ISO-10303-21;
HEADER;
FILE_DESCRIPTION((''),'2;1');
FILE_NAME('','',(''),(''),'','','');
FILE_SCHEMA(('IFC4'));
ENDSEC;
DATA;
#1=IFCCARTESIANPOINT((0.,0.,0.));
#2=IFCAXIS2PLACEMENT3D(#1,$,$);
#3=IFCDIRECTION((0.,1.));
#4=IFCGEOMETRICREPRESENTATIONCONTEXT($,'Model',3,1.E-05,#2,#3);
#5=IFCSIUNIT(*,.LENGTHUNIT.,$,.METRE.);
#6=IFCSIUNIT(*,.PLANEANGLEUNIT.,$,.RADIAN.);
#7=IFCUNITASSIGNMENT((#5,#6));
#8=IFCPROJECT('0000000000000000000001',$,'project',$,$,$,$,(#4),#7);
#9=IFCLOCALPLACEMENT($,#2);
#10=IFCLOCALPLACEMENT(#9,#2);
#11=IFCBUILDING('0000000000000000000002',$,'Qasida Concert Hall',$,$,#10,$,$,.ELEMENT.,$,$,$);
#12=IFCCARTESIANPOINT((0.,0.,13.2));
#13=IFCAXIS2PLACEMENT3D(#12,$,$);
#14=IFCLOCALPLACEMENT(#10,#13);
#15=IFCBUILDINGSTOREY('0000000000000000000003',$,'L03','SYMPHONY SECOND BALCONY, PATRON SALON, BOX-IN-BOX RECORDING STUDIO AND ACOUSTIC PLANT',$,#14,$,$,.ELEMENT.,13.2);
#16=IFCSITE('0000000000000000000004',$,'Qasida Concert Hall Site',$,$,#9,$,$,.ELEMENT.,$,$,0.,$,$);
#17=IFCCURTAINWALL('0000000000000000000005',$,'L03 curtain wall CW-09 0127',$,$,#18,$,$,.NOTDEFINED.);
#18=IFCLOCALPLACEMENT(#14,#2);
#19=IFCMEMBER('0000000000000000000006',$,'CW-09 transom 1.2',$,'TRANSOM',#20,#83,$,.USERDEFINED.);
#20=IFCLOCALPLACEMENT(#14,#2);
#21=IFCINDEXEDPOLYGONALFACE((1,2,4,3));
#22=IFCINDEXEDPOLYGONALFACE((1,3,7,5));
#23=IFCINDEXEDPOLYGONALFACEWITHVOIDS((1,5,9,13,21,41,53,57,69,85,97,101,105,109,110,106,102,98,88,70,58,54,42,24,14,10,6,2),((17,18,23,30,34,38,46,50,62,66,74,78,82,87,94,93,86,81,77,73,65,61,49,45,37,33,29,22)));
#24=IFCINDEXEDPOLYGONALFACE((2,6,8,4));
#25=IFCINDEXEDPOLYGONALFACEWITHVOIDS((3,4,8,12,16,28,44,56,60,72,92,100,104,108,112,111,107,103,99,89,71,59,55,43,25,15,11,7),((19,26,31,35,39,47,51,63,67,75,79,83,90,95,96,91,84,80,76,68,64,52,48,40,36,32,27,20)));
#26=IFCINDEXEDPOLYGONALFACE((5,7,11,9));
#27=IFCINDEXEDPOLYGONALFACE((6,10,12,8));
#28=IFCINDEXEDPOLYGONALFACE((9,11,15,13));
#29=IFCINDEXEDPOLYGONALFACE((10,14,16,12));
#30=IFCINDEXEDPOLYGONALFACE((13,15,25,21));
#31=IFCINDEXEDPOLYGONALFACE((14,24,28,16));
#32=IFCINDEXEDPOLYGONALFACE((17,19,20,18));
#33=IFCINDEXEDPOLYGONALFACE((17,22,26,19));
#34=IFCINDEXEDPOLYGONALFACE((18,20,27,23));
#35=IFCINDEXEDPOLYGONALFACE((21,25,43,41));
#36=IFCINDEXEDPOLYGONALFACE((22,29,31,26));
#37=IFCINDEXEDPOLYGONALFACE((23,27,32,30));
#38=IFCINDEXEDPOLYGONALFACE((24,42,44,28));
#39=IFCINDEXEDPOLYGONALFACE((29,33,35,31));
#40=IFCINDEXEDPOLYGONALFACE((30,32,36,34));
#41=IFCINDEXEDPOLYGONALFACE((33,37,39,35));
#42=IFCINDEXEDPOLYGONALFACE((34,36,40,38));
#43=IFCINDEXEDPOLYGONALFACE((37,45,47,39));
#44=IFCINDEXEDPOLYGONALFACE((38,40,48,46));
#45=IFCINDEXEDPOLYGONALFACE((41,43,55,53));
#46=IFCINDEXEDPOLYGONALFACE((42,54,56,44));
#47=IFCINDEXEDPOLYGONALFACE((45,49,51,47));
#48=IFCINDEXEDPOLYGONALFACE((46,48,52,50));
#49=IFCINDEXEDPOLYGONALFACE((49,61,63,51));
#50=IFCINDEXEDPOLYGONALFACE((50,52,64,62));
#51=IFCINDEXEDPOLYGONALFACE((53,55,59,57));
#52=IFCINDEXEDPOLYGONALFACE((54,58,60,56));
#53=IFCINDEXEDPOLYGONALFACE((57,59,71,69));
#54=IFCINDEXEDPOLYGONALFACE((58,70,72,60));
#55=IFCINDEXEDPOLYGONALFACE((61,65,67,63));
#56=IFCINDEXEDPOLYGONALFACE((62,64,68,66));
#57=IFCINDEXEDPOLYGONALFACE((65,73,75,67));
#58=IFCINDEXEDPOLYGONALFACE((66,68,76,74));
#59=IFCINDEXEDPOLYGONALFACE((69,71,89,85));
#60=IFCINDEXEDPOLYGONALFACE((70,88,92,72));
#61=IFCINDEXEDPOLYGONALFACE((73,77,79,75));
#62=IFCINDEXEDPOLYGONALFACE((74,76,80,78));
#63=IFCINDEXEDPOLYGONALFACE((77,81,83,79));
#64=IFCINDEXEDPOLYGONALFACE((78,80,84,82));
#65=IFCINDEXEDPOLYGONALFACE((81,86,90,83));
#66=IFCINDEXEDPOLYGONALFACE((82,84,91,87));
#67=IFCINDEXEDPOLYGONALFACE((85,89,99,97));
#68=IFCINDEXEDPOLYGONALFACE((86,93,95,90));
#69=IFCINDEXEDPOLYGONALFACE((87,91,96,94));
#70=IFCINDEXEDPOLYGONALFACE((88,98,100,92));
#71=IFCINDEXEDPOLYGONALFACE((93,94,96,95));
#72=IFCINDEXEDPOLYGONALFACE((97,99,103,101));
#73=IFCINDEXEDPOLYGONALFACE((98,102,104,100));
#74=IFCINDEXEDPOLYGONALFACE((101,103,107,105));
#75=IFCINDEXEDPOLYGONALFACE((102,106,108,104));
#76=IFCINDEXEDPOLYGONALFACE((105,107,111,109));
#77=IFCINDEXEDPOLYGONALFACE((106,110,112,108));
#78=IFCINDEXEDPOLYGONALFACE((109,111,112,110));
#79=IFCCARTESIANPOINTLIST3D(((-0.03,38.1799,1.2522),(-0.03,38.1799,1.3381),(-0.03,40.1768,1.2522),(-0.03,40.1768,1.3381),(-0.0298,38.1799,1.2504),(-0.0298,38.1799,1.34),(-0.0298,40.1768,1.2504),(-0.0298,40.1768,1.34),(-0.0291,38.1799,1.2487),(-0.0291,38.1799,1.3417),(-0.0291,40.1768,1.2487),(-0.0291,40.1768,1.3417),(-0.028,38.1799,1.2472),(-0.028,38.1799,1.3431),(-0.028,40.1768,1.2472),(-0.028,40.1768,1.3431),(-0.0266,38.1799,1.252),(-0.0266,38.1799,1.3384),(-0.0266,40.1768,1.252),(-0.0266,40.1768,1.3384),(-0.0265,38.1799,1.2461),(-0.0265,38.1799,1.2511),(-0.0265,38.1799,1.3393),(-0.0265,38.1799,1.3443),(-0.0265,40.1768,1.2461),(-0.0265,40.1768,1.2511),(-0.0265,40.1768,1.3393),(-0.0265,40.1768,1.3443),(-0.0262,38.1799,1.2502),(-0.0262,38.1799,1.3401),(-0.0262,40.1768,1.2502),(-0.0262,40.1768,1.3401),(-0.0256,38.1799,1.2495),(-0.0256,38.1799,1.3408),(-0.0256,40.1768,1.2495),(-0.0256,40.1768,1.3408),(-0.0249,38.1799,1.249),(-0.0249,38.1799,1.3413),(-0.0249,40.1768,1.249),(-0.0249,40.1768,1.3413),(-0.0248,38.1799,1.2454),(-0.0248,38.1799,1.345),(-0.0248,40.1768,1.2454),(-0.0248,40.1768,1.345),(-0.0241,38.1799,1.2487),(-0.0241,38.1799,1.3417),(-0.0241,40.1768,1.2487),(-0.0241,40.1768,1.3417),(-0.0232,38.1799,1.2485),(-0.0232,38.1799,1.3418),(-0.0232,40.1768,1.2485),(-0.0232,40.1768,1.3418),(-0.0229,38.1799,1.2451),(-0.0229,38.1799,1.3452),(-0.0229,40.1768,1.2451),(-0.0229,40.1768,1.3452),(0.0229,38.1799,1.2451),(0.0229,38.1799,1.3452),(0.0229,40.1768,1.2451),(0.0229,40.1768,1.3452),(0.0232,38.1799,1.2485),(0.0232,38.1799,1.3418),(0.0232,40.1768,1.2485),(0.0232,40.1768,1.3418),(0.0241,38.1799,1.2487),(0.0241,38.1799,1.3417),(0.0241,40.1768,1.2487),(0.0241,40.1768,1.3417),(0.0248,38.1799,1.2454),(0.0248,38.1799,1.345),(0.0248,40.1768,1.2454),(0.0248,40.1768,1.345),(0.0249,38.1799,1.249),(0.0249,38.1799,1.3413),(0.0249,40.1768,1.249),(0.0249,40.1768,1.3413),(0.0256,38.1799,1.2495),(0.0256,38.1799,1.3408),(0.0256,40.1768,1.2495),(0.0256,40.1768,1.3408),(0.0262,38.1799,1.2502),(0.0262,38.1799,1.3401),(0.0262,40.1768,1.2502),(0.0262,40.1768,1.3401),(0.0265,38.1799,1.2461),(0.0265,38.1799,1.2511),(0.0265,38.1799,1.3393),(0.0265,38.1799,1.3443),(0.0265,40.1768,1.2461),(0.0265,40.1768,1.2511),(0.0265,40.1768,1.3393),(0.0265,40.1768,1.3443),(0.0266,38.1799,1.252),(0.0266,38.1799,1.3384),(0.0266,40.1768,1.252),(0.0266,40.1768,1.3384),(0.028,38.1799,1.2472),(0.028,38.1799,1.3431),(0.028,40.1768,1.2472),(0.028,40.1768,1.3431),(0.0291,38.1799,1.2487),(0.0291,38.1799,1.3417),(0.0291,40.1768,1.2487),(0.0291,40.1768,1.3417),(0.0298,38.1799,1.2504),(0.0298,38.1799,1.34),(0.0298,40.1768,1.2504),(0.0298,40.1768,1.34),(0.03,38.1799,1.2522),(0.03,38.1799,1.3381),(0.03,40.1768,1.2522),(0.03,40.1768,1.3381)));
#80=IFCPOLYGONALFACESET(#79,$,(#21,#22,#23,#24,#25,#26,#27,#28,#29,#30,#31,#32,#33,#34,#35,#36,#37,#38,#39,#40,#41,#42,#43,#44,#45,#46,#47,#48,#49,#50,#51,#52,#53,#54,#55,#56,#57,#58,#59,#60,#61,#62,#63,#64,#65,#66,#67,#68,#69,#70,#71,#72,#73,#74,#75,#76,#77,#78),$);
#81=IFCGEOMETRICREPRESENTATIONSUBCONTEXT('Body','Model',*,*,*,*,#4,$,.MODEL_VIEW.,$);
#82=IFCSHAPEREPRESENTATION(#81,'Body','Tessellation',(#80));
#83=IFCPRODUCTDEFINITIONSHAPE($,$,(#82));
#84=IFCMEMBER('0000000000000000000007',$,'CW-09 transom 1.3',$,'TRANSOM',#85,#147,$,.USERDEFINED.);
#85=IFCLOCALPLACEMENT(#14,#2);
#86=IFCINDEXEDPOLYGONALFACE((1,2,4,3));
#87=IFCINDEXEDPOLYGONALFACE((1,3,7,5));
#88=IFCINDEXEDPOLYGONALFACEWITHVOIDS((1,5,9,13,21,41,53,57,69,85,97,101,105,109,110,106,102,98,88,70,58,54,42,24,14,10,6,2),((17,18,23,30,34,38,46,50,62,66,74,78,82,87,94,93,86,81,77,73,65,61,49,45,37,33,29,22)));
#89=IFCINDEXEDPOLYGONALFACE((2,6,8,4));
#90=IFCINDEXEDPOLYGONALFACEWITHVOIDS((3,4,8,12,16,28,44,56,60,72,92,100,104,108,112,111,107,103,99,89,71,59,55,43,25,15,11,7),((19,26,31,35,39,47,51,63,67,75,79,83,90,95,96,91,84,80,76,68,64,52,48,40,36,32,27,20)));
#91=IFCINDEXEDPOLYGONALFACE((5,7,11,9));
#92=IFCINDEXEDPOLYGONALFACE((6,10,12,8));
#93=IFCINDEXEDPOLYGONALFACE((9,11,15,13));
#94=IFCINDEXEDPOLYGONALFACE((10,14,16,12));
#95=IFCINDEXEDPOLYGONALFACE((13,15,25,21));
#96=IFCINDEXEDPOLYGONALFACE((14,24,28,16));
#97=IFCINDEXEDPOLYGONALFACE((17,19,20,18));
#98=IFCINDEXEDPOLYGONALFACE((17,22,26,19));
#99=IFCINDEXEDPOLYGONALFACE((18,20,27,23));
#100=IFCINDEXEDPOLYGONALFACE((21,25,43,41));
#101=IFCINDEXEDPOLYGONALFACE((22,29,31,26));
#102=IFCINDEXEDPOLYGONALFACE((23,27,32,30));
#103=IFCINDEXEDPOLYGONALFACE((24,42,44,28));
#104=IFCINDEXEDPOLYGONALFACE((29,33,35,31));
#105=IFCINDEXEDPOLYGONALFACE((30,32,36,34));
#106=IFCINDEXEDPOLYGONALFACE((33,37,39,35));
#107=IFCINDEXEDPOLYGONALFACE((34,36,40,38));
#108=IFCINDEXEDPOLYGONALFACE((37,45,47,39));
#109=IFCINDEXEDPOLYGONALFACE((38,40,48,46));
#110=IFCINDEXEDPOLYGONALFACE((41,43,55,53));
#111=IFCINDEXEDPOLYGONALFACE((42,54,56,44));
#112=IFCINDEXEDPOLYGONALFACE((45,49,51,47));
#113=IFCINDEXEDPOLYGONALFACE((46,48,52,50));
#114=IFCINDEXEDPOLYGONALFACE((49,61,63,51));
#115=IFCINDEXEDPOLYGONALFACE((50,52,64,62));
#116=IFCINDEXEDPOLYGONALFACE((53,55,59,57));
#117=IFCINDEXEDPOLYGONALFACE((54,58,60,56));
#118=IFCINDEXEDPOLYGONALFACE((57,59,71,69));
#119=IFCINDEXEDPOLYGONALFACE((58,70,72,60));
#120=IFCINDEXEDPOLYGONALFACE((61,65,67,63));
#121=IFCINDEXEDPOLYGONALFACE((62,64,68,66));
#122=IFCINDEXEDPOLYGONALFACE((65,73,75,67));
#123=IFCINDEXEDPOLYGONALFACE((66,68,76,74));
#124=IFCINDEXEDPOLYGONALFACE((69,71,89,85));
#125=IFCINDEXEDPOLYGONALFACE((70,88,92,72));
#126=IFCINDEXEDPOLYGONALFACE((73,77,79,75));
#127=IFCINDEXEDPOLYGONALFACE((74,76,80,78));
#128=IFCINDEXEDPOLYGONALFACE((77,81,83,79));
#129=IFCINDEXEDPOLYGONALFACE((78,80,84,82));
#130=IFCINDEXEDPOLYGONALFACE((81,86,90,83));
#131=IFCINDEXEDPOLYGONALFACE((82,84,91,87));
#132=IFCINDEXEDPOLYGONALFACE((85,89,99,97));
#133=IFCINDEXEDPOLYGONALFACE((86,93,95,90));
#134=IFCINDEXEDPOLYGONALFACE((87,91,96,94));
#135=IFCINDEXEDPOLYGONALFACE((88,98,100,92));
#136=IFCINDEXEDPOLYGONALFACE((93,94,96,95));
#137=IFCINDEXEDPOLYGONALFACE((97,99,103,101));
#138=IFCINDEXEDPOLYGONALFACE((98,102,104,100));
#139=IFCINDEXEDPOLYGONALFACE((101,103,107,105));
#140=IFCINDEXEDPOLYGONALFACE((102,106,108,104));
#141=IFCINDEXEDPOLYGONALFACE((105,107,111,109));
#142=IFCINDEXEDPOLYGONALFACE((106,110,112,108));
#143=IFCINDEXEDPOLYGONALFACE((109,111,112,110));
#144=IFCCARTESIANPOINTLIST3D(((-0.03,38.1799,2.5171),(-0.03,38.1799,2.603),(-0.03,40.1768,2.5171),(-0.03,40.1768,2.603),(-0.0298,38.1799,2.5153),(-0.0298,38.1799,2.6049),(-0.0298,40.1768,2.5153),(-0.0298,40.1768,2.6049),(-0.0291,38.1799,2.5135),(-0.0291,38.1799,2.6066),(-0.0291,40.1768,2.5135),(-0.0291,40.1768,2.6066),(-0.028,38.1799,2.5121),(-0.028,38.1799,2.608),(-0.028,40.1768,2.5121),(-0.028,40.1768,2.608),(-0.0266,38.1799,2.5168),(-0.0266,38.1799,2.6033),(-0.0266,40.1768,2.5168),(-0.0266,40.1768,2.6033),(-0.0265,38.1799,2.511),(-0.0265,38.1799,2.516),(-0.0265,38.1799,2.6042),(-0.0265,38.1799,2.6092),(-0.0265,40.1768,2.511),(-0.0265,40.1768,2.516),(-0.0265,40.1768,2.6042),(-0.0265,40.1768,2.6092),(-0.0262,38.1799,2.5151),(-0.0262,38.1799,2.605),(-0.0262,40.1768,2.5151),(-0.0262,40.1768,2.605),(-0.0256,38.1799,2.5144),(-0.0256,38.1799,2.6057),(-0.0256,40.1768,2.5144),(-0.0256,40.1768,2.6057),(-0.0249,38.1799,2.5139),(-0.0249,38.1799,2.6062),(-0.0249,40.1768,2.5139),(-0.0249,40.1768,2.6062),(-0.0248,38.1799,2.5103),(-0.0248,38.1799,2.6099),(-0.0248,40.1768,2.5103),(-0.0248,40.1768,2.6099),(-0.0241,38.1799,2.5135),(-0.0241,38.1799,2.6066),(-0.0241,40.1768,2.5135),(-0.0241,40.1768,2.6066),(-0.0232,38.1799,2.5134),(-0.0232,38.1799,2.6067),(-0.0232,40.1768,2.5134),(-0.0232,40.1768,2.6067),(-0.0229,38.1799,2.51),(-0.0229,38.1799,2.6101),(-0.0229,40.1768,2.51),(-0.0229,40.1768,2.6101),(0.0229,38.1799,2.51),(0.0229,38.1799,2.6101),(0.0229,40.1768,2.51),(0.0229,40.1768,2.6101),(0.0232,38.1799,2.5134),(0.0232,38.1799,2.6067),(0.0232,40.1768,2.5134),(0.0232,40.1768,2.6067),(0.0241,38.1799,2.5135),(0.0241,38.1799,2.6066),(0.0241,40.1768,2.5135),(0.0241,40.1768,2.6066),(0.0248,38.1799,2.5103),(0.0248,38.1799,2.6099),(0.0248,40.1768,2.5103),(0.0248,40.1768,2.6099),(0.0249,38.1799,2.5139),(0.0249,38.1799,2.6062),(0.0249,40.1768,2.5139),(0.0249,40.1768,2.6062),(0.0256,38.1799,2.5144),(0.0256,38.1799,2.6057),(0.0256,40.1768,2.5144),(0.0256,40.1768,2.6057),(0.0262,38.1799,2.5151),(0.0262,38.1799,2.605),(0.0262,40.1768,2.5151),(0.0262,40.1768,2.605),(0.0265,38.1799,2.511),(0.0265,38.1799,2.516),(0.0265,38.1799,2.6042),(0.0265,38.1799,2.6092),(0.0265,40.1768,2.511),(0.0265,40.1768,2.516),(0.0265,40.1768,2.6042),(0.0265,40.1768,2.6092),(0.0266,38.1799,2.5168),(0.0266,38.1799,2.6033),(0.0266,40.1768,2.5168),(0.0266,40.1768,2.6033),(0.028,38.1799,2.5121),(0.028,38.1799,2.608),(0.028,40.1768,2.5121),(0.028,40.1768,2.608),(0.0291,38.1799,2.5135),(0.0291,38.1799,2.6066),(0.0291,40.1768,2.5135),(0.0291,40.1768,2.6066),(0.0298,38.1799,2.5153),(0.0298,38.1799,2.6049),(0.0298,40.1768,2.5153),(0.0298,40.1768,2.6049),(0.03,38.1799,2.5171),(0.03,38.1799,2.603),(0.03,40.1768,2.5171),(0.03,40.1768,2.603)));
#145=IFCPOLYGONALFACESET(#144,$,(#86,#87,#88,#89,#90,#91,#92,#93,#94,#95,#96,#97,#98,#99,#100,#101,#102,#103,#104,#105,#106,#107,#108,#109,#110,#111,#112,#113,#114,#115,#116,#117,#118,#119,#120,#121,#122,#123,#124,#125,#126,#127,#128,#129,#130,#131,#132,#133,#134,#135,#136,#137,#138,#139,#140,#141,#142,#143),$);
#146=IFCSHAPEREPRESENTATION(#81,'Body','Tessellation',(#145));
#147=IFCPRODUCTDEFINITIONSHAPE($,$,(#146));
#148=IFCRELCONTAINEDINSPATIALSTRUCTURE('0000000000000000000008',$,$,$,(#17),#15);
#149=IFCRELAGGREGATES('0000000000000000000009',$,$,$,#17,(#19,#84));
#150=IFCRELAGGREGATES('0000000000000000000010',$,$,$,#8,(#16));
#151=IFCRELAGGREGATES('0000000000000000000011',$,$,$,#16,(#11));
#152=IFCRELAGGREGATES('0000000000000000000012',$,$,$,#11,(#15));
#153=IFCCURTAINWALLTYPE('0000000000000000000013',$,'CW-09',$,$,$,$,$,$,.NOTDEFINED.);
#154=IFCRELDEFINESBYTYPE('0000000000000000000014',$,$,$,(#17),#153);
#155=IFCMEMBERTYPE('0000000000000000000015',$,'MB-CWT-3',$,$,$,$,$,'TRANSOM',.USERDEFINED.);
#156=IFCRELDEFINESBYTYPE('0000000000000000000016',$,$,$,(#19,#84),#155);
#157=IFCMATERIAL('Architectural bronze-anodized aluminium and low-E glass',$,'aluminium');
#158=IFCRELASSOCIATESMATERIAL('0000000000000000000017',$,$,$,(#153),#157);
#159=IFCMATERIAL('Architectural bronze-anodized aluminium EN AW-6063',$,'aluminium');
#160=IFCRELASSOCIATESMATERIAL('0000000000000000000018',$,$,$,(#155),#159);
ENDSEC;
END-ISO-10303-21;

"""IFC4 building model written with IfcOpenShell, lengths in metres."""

from ifc_helpers import new_model, si_unit, direction, frame, origin, origin_2d, place, context, subcontext, project, spatial, hollow_rectangle, extrude, material, material_profile, profile_set, type_object, element, aggregate, save


model = new_model("IFC4")

# Units and contexts
model_context = context("Model", 3, precision=1e-05, world=origin(), true_north=direction((0.0, 1.0)))
body_context = subcontext(model_context, "Body", "Model", "MODEL_VIEW")
ifc_project = project(units=[si_unit("LENGTHUNIT", "METRE"), si_unit("PLANEANGLEUNIT", "RADIAN")], contexts=[model_context])

# Site, building, storey
site_placement = place(None, origin())
site = spatial("IfcSite", under=ifc_project, at=site_placement, Name="Qasida Concert Hall Site", CompositionType="ELEMENT", RefElevation=0.0)
building_placement = place(site_placement, origin())
building = spatial("IfcBuilding", under=site, at=building_placement, Name="Qasida Concert Hall", CompositionType="ELEMENT")
storey_placement = place(building_placement, frame((0.0, 0.0, 13.2)))
storey = spatial("IfcBuildingStorey", under=building, at=storey_placement, Name="L03", Description="SYMPHONY SECOND BALCONY, PATRON SALON, BOX-IN-BOX RECORDING STUDIO AND ACOUSTIC PLANT", CompositionType="ELEMENT", Elevation=13.2)

# Curtain wall, members
ifc_material_1 = material(Name="Architectural bronze-anodized aluminium and low-E glass", Category="aluminium")
curtain_wall_type = type_object("IfcCurtainWallType", Name="CW-09", PredefinedType="NOTDEFINED", material=ifc_material_1)
curtain_wall_placement = place(storey_placement, origin())
curtain_wall = element("IfcCurtainWall", 1, at=curtain_wall_placement, inside=storey, type_object=curtain_wall_type, Name="L03 curtain wall CW-09 0127", PredefinedType="NOTDEFINED")
ifc_material_2 = material(Name="Architectural bronze-anodized aluminium EN AW-6063", Category="aluminium")
ifc_material_profile_1 = material_profile(ifc_material_2, hollow_rectangle(XDim=0.0601, YDim=0.1001, WallThickness=0.0034, InnerFilletRadius=0.0034, OuterFilletRadius=0.0071, at=origin_2d()), Name="CWT 100x60x3.5")
ifc_profile_set_1 = profile_set([ifc_material_profile_1], Name="Architectural bronze-anodized aluminium EN AW-6063")
member_type_1 = type_object("IfcMemberType", Name="MB-CWT-3", ElementType="TRANSOM", PredefinedType="USERDEFINED", material=ifc_profile_set_1)
member_1_placement = place(storey_placement, frame((0.0, 38.1799, 1.2952), z_axis=(0.0, 1.0, 0.0), x_axis=(-1.0, 0.0, 0.0)))
member_1 = element("IfcMember", 2, at=member_1_placement, type_object=member_type_1, Name="CW-09 transom 1.2", ObjectType="TRANSOM", PredefinedType="USERDEFINED", context=body_context, shape_type="SweptSolid", body=[
    extrude(hollow_rectangle(XDim=0.0601, YDim=0.1001, WallThickness=0.0034, InnerFilletRadius=0.0034, OuterFilletRadius=0.0071, at=origin_2d()), origin(), (0.0, 0.0, 1.0), 1.9968),
])
member_2_placement = place(storey_placement, frame((0.0, 38.1799, 2.5601), z_axis=(0.0, 1.0, 0.0), x_axis=(-1.0, 0.0, 0.0)))
member_2 = element("IfcMember", 3, at=member_2_placement, type_object=member_type_1, Name="CW-09 transom 1.3", ObjectType="TRANSOM", PredefinedType="USERDEFINED", context=body_context, shape_type="SweptSolid", body=[
    extrude(hollow_rectangle(XDim=0.0601, YDim=0.1001, WallThickness=0.0034, InnerFilletRadius=0.0034, OuterFilletRadius=0.0071, at=origin_2d()), origin(), (0.0, 0.0, 1.0), 1.9968),
])
aggregate(curtain_wall, [member_1, member_2])

save(model, "model.ifc")
